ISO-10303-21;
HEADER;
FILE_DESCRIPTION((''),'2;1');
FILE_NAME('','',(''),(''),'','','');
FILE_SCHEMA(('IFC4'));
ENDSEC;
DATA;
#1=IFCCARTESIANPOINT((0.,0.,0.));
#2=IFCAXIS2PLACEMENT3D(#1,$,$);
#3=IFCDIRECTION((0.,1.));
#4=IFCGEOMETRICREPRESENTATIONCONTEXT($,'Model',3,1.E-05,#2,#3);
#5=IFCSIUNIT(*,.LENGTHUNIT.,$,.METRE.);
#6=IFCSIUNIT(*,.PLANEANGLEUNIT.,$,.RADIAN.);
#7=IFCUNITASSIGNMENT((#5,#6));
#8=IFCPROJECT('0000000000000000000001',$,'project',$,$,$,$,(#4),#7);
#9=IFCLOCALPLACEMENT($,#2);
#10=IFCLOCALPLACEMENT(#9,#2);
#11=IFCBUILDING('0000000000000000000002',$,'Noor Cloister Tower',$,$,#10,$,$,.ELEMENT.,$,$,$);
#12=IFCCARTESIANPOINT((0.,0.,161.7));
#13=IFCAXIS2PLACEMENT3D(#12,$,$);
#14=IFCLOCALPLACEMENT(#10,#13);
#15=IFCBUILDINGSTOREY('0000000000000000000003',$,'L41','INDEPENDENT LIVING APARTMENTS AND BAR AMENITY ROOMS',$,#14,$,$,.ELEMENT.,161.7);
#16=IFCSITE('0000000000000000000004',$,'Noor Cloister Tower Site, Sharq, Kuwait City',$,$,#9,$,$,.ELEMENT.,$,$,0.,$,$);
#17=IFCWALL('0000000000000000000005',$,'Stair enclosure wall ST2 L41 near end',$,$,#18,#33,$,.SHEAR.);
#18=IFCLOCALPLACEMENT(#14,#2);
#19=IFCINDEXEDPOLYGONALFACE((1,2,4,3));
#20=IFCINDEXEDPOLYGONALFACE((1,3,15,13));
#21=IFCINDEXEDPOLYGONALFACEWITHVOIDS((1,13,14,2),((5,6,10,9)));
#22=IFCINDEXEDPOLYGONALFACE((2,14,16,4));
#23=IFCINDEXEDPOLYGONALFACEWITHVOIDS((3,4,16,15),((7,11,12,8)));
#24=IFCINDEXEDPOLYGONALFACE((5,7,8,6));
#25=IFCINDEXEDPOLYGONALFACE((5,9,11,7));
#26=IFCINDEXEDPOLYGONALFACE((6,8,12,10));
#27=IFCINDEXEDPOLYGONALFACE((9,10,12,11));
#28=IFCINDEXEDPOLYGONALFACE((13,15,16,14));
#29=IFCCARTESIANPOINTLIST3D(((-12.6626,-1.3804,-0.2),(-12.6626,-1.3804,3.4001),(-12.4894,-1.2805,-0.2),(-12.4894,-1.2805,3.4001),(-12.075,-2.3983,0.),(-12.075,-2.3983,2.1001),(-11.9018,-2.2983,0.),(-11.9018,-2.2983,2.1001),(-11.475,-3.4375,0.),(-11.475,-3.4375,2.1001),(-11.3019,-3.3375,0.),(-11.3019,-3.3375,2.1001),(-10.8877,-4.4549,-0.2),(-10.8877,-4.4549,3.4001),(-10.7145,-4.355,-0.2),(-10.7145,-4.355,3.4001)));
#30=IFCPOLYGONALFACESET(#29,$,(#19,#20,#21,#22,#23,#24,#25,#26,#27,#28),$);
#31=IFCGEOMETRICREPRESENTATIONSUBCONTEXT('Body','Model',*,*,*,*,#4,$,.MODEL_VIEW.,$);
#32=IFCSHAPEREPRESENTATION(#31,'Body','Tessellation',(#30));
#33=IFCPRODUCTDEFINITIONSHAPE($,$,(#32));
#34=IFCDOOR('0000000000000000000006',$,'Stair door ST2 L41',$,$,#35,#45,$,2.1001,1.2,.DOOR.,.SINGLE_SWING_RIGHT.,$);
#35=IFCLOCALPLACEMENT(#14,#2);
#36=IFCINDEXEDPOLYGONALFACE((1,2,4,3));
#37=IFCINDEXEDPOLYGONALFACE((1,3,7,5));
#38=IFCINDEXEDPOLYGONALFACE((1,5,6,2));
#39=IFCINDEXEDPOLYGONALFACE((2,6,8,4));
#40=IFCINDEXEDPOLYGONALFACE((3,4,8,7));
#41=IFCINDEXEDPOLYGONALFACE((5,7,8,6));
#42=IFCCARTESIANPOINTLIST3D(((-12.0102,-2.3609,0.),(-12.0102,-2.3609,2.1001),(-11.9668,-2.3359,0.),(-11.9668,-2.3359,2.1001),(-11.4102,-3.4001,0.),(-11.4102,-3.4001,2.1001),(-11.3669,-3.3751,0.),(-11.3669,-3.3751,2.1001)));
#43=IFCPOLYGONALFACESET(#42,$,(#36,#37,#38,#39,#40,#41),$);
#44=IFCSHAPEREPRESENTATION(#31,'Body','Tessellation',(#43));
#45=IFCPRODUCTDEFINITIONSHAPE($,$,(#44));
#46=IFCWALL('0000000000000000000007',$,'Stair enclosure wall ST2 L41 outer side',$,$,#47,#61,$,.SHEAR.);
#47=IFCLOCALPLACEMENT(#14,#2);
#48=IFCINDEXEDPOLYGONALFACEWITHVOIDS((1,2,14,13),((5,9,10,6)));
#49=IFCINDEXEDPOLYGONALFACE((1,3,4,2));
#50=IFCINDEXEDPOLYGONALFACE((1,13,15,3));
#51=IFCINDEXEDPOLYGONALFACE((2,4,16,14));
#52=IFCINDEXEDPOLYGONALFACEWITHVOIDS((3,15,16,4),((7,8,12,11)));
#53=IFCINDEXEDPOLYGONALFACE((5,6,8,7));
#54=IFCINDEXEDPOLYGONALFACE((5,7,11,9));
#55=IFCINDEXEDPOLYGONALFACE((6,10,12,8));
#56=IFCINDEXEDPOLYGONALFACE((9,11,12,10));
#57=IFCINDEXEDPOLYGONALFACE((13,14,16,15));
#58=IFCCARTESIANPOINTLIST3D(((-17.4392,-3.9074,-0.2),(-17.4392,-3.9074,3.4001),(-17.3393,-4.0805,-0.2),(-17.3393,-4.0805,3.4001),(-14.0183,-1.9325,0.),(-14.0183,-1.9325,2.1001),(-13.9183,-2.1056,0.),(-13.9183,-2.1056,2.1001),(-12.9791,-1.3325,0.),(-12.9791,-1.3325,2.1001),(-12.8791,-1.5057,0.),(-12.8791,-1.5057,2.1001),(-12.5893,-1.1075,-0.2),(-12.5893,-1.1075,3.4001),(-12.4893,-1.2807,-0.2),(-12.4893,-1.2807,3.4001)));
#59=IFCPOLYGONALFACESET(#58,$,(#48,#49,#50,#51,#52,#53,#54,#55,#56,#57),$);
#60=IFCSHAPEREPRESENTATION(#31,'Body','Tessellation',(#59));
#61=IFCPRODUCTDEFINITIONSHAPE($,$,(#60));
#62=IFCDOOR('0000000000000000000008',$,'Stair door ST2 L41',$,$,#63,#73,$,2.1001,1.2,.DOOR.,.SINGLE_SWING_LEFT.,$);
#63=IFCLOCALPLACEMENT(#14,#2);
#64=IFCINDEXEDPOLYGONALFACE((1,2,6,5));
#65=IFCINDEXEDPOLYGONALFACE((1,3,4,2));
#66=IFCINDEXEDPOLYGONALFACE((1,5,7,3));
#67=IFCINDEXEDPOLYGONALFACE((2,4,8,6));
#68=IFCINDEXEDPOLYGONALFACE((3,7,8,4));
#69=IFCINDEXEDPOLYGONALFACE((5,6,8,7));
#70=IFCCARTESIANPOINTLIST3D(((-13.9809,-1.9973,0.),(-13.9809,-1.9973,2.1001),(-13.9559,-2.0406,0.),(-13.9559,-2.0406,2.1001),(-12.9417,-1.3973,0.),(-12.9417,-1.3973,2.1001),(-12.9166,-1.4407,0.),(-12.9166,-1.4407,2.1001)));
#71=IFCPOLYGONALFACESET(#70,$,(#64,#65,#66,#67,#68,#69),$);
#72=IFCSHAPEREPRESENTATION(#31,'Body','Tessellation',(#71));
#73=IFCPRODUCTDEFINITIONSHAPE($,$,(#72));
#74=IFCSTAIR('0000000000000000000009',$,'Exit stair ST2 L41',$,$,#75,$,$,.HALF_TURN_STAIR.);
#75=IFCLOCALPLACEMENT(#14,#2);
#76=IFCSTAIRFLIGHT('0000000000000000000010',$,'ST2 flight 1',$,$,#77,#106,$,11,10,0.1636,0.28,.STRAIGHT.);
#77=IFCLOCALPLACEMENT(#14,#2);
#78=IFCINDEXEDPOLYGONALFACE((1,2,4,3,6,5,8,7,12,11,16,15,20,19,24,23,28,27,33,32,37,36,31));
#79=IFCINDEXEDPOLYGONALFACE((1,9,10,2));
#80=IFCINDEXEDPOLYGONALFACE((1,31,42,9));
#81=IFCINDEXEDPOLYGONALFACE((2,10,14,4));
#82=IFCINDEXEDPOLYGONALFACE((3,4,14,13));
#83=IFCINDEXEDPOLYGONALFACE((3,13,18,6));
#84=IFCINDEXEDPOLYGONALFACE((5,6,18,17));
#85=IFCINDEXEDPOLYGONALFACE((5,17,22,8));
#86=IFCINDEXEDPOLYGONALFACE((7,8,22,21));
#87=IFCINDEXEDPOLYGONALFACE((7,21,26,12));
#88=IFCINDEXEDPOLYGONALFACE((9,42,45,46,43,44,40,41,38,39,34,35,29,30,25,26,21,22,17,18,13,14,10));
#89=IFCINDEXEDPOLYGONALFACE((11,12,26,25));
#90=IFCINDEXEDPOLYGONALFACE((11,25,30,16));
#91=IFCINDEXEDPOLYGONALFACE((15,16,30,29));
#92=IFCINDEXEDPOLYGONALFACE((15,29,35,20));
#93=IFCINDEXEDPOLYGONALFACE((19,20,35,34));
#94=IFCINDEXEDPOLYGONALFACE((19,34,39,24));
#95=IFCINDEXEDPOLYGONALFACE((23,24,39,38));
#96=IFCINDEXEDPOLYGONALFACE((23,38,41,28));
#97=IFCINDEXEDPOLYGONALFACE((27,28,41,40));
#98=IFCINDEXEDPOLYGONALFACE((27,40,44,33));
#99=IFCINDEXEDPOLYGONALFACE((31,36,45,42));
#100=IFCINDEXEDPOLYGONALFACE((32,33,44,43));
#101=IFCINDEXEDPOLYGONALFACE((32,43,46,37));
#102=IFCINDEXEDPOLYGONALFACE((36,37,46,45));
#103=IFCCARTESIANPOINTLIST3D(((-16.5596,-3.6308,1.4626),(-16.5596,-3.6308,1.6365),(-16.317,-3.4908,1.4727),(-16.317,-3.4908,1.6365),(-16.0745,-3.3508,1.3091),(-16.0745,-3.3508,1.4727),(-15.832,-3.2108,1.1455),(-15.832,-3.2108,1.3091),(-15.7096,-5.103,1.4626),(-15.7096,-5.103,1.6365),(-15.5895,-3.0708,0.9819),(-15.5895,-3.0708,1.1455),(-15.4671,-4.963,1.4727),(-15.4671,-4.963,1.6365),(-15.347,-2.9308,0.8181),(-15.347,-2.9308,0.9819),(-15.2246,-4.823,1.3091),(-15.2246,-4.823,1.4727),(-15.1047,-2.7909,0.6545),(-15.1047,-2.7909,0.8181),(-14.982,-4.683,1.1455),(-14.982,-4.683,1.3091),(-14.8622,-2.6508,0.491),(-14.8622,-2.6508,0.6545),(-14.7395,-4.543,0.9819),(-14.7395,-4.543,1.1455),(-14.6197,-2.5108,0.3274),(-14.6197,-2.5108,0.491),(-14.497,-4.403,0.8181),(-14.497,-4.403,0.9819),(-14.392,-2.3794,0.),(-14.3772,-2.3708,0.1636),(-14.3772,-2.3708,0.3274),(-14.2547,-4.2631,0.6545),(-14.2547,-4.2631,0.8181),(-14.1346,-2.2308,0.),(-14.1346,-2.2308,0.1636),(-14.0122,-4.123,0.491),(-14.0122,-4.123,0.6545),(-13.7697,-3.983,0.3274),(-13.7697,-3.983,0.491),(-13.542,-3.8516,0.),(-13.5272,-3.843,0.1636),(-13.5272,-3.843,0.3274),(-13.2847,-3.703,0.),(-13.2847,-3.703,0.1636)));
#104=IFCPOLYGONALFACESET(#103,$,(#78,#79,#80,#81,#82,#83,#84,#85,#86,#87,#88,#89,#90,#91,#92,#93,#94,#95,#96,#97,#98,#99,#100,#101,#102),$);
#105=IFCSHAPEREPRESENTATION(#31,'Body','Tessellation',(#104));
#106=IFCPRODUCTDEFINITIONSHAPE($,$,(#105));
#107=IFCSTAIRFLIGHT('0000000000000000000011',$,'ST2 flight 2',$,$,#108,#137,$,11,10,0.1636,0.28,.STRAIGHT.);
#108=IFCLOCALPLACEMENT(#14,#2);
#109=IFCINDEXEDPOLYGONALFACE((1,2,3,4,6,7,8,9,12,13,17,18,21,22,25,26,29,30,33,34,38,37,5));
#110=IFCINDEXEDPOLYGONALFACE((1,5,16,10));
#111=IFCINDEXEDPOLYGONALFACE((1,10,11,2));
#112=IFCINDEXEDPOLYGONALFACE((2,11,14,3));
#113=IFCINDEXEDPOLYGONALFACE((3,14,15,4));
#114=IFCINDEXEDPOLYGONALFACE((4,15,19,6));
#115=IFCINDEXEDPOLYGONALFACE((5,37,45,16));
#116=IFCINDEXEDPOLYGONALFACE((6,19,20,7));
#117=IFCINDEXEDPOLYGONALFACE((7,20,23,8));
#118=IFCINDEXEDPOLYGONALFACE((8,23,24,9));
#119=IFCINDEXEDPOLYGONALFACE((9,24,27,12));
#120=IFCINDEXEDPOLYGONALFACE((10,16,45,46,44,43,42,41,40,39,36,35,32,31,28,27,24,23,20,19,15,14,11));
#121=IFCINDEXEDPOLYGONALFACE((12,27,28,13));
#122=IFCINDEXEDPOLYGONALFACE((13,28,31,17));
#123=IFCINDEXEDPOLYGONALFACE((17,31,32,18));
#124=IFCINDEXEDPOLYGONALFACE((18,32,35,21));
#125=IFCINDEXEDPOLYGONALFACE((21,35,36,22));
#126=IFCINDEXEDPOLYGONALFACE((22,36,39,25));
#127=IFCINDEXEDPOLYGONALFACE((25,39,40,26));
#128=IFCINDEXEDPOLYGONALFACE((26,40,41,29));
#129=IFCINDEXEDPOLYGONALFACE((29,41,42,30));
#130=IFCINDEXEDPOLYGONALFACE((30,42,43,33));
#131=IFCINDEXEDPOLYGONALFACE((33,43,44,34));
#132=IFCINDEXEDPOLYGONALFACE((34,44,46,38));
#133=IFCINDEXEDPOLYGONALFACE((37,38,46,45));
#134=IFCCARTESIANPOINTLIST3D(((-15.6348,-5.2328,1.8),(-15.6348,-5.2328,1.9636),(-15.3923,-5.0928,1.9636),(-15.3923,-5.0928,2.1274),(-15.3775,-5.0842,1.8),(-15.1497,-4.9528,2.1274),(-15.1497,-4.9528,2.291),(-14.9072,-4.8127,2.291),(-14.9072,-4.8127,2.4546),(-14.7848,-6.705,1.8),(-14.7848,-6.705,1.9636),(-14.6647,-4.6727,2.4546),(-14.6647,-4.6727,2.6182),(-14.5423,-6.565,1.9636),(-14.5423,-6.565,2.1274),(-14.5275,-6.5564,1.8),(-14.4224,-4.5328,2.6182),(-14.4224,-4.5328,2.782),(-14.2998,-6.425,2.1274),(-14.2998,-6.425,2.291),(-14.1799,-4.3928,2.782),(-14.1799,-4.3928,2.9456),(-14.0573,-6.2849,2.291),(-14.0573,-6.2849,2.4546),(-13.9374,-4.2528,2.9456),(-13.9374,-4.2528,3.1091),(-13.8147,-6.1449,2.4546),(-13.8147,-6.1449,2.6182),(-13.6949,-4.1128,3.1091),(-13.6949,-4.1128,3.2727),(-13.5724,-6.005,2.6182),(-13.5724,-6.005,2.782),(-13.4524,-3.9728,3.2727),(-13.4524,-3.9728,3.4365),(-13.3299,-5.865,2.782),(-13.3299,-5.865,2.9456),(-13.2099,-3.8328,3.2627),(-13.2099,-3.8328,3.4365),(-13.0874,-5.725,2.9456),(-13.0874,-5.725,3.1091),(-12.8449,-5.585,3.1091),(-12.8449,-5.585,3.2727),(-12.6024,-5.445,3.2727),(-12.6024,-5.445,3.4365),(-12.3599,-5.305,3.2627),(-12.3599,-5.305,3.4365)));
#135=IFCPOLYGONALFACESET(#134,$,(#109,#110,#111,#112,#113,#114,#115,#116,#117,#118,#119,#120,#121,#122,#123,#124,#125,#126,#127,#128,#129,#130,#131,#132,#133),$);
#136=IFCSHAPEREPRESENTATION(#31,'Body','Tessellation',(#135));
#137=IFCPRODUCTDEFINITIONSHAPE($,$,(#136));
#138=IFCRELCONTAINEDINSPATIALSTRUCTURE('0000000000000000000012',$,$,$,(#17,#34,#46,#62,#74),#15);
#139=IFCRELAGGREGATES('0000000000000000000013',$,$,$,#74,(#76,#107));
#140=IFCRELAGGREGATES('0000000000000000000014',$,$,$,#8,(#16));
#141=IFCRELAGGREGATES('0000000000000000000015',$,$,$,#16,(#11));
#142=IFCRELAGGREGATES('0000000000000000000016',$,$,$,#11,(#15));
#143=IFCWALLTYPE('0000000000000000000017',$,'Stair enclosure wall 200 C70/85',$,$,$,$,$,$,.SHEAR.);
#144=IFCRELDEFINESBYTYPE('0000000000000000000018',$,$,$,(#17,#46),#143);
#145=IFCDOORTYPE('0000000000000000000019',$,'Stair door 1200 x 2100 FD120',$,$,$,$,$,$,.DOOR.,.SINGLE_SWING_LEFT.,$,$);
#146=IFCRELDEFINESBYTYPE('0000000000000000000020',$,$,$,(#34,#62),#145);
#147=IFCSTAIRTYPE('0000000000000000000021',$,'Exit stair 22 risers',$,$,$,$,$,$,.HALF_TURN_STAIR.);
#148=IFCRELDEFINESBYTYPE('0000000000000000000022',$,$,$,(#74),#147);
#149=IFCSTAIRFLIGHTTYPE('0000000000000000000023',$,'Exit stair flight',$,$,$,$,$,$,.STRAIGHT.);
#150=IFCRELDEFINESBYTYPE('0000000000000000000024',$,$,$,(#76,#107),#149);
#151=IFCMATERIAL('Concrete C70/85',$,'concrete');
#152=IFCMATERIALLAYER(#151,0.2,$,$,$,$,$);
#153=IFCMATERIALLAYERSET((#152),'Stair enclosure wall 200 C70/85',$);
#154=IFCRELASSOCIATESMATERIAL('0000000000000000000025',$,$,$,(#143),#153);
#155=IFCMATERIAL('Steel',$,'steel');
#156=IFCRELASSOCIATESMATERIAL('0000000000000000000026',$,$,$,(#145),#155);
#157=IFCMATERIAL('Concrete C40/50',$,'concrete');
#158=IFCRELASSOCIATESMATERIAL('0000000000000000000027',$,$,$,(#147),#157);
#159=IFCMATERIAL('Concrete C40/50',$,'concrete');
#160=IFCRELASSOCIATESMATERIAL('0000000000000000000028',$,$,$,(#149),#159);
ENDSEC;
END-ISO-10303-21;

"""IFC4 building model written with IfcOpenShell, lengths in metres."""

from ifc_helpers import new_model, si_unit, direction, frame, frame_2d, origin, place, context, subcontext, project, spatial, polyline, rectangle, outline, extrude, material, layer, layer_set, type_object, element, fill, aggregate, save


model = new_model("IFC4")

# Units and contexts
model_context = context("Model", 3, precision=1e-05, world=origin(), true_north=direction((0.0, 1.0)))
body_context = subcontext(model_context, "Body", "Model", "MODEL_VIEW")
ifc_project = project(units=[si_unit("LENGTHUNIT", "METRE"), si_unit("PLANEANGLEUNIT", "RADIAN")], contexts=[model_context])

# Site, building, storey
site_placement = place(None, origin())
site = spatial("IfcSite", under=ifc_project, at=site_placement, Name="Noor Cloister Tower Site, Sharq, Kuwait City", CompositionType="ELEMENT", RefElevation=0.0)
building_placement = place(site_placement, origin())
building = spatial("IfcBuilding", under=site, at=building_placement, Name="Noor Cloister Tower", CompositionType="ELEMENT")
storey_placement = place(building_placement, frame((0.0, 0.0, 161.7)))
storey = spatial("IfcBuildingStorey", under=building, at=storey_placement, Name="L41", Description="INDEPENDENT LIVING APARTMENTS AND BAR AMENITY ROOMS", CompositionType="ELEMENT", Elevation=161.7)

# Walls, openings, doors
ifc_material_1 = material(Name="Concrete C70/85", Category="concrete")
ifc_layer_1 = layer(ifc_material_1, 0.2)
ifc_layer_set_1 = layer_set([ifc_layer_1], Name="Stair enclosure wall 200 C70/85")
wall_type_1 = type_object("IfcWallType", Name="Stair enclosure wall 200 C70/85", PredefinedType="SHEAR", material=ifc_layer_set_1)
wall_1_placement = place(storey_placement, frame((-12.5759, -1.3306, -0.2), z_axis=(0.0, 0.0, 1.0), x_axis=(0.49997, -0.866042, 0.0)))
wall_1 = element("IfcWall", 1, at=wall_1_placement, inside=storey, type_object=wall_type_1, Name="Stair enclosure wall ST2 L41 near end", PredefinedType="SHEAR", context=body_context, shape_type="SweptSolid", body=[
    extrude(rectangle(XDim=3.55, YDim=0.2, at=frame_2d((1.7749, 0.0))), origin(), (0.0, 0.0, 1.0), 3.6001),
])
opening_1_placement = place(wall_1_placement, frame((1.175, 0.0, 0.2)))
opening_1 = element("IfcOpeningElement", 2, at=opening_1_placement, cuts=wall_1, PredefinedType="OPENING", context=body_context, shape_type="SweptSolid", body=[
    extrude(rectangle(XDim=1.2, YDim=2.1001, at=frame_2d((0.6001, 1.05))), frame((0.0, 0.1099, 0.0), z_axis=(0.0, -1.0, 0.0), x_axis=(1.0, 0.0, 0.0)), (0.0, 0.0, 1.0), 0.22),
])
ifc_material_2 = material(Name="Steel", Category="steel")
door_type_1 = type_object("IfcDoorType", Name="Stair door 1200 x 2100 FD120", OperationType="SINGLE_SWING_LEFT", PredefinedType="DOOR", material=ifc_material_2)
door_1_placement = place(opening_1_placement, origin())
door_1 = element("IfcDoor", 3, at=door_1_placement, inside=storey, type_object=door_type_1, Name="Stair door ST2 L41", OperationType="SINGLE_SWING_RIGHT", OverallHeight=2.1001, OverallWidth=1.2, PredefinedType="DOOR", context=body_context, shape_type="SweptSolid", body=[
    extrude(rectangle(XDim=1.2, YDim=2.1001, at=frame_2d((0.6001, 1.05))), frame((0.0, 0.0249, 0.0), z_axis=(0.0, -1.0, 0.0), x_axis=(1.0, 0.0, 0.0)), (0.0, 0.0, 1.0), 0.05),
])
fill(opening_1, door_1)
wall_2_placement = place(storey_placement, frame((-12.5393, -1.1941, -0.2), z_axis=(0.0, 0.0, 1.0), x_axis=(-0.866045, -0.499965, 0.0)))
wall_2 = element("IfcWall", 4, at=wall_2_placement, inside=storey, type_object=wall_type_1, Name="Stair enclosure wall ST2 L41 outer side", PredefinedType="SHEAR", context=body_context, shape_type="SweptSolid", body=[
    extrude(rectangle(XDim=5.6001, YDim=0.2, at=frame_2d((2.8, 0.0))), origin(), (0.0, 0.0, 1.0), 3.6001),
])
opening_2_placement = place(wall_2_placement, frame((0.45, 0.0, 0.2)))
opening_2 = element("IfcOpeningElement", 5, at=opening_2_placement, cuts=wall_2, PredefinedType="OPENING", context=body_context, shape_type="SweptSolid", body=[
    extrude(rectangle(XDim=1.2, YDim=2.1001, at=frame_2d((0.6001, 1.05))), frame((0.0, 0.1099, 0.0), z_axis=(0.0, -1.0, 0.0), x_axis=(1.0, 0.0, 0.0)), (0.0, 0.0, 1.0), 0.22),
])
door_2_placement = place(opening_2_placement, origin())
door_2 = element("IfcDoor", 6, at=door_2_placement, inside=storey, type_object=door_type_1, Name="Stair door ST2 L41", OperationType="SINGLE_SWING_LEFT", OverallHeight=2.1001, OverallWidth=1.2, PredefinedType="DOOR", context=body_context, shape_type="SweptSolid", body=[
    extrude(rectangle(XDim=1.2, YDim=2.1001, at=frame_2d((0.6001, 1.05))), frame((0.0, 0.0249, 0.0), z_axis=(0.0, -1.0, 0.0), x_axis=(1.0, 0.0, 0.0)), (0.0, 0.0, 1.0), 0.05),
])
fill(opening_2, door_2)

# Stair, stair flights
ifc_material_3 = material(Name="Concrete C40/50", Category="concrete")
stair_type = type_object("IfcStairType", Name="Exit stair 22 risers", PredefinedType="HALF_TURN_STAIR", material=ifc_material_3)
stair_placement = place(storey_placement, origin())
stair = element("IfcStair", 7, at=stair_placement, inside=storey, type_object=stair_type, Name="Exit stair ST2 L41", PredefinedType="HALF_TURN_STAIR")
ifc_material_4 = material(Name="Concrete C40/50", Category="concrete")
stair_flight_type = type_object("IfcStairFlightType", Name="Exit stair flight", PredefinedType="STRAIGHT", material=ifc_material_4)
stair_flight_1_placement = place(storey_placement, frame((-13.7097, -2.9668, 0.0), z_axis=(0.0, 0.0, 1.0), x_axis=(-0.866025, -0.5, 0.0)))
stair_flight_1 = element("IfcStairFlight", 8, at=stair_flight_1_placement, type_object=stair_flight_type, Name="ST2 flight 1", NumberOfRisers=11, NumberOfTreads=10, PredefinedType="STRAIGHT", RiserHeight=0.1636, TreadLength=0.28, context=body_context, shape_type="SweptSolid", body=[
    extrude(outline(polyline([(0.0, 0.0), (0.0, 0.1636), (0.28, 0.1636), (0.28, 0.3274), (0.5601, 0.3274), (0.5601, 0.491), (0.8401, 0.491), (0.8401, 0.6545), (1.1201, 0.6545), (1.1201, 0.8181), (1.3999, 0.8181), (1.3999, 0.9819), (1.6799, 0.9819), (1.6799, 1.1455), (1.96, 1.1455), (1.96, 1.3091), (2.24, 1.3091), (2.24, 1.4727), (2.52, 1.4727), (2.52, 1.6365), (2.8, 1.6365), (2.8, 1.8), (2.8, 1.4626), (0.2971, 0.0), (0.0, 0.0)])), frame((0.0, 0.8501, 0.0), z_axis=(0.0, -1.0, 0.0), x_axis=(1.0, 0.0, 0.0)), (0.0, 0.0, 1.0), 1.7),
])
stair_flight_2_placement = place(storey_placement, frame((-15.2097, -5.969, 1.8), z_axis=(0.0, 0.0, 1.0), x_axis=(0.866025, 0.5, 0.0)))
stair_flight_2 = element("IfcStairFlight", 9, at=stair_flight_2_placement, type_object=stair_flight_type, Name="ST2 flight 2", NumberOfRisers=11, NumberOfTreads=10, PredefinedType="STRAIGHT", RiserHeight=0.1636, TreadLength=0.28, context=body_context, shape_type="SweptSolid", body=[
    extrude(outline(polyline([(0.0, 0.0), (0.0, 0.1636), (0.28, 0.1636), (0.28, 0.3274), (0.5601, 0.3274), (0.5601, 0.491), (0.8401, 0.491), (0.8401, 0.6545), (1.1201, 0.6545), (1.1201, 0.8181), (1.3999, 0.8181), (1.3999, 0.9819), (1.6799, 0.9819), (1.6799, 1.1455), (1.96, 1.1455), (1.96, 1.3091), (2.24, 1.3091), (2.24, 1.4727), (2.52, 1.4727), (2.52, 1.6365), (2.8, 1.6365), (2.8, 1.8), (2.8, 1.4626), (0.2971, 0.0), (0.0, 0.0)])), frame((0.0, 0.8501, 0.0), z_axis=(0.0, -1.0, 0.0), x_axis=(1.0, 0.0, 0.0)), (0.0, 0.0, 1.0), 1.7),
])
aggregate(stair, [stair_flight_1, stair_flight_2])

save(model, "model.ifc")
